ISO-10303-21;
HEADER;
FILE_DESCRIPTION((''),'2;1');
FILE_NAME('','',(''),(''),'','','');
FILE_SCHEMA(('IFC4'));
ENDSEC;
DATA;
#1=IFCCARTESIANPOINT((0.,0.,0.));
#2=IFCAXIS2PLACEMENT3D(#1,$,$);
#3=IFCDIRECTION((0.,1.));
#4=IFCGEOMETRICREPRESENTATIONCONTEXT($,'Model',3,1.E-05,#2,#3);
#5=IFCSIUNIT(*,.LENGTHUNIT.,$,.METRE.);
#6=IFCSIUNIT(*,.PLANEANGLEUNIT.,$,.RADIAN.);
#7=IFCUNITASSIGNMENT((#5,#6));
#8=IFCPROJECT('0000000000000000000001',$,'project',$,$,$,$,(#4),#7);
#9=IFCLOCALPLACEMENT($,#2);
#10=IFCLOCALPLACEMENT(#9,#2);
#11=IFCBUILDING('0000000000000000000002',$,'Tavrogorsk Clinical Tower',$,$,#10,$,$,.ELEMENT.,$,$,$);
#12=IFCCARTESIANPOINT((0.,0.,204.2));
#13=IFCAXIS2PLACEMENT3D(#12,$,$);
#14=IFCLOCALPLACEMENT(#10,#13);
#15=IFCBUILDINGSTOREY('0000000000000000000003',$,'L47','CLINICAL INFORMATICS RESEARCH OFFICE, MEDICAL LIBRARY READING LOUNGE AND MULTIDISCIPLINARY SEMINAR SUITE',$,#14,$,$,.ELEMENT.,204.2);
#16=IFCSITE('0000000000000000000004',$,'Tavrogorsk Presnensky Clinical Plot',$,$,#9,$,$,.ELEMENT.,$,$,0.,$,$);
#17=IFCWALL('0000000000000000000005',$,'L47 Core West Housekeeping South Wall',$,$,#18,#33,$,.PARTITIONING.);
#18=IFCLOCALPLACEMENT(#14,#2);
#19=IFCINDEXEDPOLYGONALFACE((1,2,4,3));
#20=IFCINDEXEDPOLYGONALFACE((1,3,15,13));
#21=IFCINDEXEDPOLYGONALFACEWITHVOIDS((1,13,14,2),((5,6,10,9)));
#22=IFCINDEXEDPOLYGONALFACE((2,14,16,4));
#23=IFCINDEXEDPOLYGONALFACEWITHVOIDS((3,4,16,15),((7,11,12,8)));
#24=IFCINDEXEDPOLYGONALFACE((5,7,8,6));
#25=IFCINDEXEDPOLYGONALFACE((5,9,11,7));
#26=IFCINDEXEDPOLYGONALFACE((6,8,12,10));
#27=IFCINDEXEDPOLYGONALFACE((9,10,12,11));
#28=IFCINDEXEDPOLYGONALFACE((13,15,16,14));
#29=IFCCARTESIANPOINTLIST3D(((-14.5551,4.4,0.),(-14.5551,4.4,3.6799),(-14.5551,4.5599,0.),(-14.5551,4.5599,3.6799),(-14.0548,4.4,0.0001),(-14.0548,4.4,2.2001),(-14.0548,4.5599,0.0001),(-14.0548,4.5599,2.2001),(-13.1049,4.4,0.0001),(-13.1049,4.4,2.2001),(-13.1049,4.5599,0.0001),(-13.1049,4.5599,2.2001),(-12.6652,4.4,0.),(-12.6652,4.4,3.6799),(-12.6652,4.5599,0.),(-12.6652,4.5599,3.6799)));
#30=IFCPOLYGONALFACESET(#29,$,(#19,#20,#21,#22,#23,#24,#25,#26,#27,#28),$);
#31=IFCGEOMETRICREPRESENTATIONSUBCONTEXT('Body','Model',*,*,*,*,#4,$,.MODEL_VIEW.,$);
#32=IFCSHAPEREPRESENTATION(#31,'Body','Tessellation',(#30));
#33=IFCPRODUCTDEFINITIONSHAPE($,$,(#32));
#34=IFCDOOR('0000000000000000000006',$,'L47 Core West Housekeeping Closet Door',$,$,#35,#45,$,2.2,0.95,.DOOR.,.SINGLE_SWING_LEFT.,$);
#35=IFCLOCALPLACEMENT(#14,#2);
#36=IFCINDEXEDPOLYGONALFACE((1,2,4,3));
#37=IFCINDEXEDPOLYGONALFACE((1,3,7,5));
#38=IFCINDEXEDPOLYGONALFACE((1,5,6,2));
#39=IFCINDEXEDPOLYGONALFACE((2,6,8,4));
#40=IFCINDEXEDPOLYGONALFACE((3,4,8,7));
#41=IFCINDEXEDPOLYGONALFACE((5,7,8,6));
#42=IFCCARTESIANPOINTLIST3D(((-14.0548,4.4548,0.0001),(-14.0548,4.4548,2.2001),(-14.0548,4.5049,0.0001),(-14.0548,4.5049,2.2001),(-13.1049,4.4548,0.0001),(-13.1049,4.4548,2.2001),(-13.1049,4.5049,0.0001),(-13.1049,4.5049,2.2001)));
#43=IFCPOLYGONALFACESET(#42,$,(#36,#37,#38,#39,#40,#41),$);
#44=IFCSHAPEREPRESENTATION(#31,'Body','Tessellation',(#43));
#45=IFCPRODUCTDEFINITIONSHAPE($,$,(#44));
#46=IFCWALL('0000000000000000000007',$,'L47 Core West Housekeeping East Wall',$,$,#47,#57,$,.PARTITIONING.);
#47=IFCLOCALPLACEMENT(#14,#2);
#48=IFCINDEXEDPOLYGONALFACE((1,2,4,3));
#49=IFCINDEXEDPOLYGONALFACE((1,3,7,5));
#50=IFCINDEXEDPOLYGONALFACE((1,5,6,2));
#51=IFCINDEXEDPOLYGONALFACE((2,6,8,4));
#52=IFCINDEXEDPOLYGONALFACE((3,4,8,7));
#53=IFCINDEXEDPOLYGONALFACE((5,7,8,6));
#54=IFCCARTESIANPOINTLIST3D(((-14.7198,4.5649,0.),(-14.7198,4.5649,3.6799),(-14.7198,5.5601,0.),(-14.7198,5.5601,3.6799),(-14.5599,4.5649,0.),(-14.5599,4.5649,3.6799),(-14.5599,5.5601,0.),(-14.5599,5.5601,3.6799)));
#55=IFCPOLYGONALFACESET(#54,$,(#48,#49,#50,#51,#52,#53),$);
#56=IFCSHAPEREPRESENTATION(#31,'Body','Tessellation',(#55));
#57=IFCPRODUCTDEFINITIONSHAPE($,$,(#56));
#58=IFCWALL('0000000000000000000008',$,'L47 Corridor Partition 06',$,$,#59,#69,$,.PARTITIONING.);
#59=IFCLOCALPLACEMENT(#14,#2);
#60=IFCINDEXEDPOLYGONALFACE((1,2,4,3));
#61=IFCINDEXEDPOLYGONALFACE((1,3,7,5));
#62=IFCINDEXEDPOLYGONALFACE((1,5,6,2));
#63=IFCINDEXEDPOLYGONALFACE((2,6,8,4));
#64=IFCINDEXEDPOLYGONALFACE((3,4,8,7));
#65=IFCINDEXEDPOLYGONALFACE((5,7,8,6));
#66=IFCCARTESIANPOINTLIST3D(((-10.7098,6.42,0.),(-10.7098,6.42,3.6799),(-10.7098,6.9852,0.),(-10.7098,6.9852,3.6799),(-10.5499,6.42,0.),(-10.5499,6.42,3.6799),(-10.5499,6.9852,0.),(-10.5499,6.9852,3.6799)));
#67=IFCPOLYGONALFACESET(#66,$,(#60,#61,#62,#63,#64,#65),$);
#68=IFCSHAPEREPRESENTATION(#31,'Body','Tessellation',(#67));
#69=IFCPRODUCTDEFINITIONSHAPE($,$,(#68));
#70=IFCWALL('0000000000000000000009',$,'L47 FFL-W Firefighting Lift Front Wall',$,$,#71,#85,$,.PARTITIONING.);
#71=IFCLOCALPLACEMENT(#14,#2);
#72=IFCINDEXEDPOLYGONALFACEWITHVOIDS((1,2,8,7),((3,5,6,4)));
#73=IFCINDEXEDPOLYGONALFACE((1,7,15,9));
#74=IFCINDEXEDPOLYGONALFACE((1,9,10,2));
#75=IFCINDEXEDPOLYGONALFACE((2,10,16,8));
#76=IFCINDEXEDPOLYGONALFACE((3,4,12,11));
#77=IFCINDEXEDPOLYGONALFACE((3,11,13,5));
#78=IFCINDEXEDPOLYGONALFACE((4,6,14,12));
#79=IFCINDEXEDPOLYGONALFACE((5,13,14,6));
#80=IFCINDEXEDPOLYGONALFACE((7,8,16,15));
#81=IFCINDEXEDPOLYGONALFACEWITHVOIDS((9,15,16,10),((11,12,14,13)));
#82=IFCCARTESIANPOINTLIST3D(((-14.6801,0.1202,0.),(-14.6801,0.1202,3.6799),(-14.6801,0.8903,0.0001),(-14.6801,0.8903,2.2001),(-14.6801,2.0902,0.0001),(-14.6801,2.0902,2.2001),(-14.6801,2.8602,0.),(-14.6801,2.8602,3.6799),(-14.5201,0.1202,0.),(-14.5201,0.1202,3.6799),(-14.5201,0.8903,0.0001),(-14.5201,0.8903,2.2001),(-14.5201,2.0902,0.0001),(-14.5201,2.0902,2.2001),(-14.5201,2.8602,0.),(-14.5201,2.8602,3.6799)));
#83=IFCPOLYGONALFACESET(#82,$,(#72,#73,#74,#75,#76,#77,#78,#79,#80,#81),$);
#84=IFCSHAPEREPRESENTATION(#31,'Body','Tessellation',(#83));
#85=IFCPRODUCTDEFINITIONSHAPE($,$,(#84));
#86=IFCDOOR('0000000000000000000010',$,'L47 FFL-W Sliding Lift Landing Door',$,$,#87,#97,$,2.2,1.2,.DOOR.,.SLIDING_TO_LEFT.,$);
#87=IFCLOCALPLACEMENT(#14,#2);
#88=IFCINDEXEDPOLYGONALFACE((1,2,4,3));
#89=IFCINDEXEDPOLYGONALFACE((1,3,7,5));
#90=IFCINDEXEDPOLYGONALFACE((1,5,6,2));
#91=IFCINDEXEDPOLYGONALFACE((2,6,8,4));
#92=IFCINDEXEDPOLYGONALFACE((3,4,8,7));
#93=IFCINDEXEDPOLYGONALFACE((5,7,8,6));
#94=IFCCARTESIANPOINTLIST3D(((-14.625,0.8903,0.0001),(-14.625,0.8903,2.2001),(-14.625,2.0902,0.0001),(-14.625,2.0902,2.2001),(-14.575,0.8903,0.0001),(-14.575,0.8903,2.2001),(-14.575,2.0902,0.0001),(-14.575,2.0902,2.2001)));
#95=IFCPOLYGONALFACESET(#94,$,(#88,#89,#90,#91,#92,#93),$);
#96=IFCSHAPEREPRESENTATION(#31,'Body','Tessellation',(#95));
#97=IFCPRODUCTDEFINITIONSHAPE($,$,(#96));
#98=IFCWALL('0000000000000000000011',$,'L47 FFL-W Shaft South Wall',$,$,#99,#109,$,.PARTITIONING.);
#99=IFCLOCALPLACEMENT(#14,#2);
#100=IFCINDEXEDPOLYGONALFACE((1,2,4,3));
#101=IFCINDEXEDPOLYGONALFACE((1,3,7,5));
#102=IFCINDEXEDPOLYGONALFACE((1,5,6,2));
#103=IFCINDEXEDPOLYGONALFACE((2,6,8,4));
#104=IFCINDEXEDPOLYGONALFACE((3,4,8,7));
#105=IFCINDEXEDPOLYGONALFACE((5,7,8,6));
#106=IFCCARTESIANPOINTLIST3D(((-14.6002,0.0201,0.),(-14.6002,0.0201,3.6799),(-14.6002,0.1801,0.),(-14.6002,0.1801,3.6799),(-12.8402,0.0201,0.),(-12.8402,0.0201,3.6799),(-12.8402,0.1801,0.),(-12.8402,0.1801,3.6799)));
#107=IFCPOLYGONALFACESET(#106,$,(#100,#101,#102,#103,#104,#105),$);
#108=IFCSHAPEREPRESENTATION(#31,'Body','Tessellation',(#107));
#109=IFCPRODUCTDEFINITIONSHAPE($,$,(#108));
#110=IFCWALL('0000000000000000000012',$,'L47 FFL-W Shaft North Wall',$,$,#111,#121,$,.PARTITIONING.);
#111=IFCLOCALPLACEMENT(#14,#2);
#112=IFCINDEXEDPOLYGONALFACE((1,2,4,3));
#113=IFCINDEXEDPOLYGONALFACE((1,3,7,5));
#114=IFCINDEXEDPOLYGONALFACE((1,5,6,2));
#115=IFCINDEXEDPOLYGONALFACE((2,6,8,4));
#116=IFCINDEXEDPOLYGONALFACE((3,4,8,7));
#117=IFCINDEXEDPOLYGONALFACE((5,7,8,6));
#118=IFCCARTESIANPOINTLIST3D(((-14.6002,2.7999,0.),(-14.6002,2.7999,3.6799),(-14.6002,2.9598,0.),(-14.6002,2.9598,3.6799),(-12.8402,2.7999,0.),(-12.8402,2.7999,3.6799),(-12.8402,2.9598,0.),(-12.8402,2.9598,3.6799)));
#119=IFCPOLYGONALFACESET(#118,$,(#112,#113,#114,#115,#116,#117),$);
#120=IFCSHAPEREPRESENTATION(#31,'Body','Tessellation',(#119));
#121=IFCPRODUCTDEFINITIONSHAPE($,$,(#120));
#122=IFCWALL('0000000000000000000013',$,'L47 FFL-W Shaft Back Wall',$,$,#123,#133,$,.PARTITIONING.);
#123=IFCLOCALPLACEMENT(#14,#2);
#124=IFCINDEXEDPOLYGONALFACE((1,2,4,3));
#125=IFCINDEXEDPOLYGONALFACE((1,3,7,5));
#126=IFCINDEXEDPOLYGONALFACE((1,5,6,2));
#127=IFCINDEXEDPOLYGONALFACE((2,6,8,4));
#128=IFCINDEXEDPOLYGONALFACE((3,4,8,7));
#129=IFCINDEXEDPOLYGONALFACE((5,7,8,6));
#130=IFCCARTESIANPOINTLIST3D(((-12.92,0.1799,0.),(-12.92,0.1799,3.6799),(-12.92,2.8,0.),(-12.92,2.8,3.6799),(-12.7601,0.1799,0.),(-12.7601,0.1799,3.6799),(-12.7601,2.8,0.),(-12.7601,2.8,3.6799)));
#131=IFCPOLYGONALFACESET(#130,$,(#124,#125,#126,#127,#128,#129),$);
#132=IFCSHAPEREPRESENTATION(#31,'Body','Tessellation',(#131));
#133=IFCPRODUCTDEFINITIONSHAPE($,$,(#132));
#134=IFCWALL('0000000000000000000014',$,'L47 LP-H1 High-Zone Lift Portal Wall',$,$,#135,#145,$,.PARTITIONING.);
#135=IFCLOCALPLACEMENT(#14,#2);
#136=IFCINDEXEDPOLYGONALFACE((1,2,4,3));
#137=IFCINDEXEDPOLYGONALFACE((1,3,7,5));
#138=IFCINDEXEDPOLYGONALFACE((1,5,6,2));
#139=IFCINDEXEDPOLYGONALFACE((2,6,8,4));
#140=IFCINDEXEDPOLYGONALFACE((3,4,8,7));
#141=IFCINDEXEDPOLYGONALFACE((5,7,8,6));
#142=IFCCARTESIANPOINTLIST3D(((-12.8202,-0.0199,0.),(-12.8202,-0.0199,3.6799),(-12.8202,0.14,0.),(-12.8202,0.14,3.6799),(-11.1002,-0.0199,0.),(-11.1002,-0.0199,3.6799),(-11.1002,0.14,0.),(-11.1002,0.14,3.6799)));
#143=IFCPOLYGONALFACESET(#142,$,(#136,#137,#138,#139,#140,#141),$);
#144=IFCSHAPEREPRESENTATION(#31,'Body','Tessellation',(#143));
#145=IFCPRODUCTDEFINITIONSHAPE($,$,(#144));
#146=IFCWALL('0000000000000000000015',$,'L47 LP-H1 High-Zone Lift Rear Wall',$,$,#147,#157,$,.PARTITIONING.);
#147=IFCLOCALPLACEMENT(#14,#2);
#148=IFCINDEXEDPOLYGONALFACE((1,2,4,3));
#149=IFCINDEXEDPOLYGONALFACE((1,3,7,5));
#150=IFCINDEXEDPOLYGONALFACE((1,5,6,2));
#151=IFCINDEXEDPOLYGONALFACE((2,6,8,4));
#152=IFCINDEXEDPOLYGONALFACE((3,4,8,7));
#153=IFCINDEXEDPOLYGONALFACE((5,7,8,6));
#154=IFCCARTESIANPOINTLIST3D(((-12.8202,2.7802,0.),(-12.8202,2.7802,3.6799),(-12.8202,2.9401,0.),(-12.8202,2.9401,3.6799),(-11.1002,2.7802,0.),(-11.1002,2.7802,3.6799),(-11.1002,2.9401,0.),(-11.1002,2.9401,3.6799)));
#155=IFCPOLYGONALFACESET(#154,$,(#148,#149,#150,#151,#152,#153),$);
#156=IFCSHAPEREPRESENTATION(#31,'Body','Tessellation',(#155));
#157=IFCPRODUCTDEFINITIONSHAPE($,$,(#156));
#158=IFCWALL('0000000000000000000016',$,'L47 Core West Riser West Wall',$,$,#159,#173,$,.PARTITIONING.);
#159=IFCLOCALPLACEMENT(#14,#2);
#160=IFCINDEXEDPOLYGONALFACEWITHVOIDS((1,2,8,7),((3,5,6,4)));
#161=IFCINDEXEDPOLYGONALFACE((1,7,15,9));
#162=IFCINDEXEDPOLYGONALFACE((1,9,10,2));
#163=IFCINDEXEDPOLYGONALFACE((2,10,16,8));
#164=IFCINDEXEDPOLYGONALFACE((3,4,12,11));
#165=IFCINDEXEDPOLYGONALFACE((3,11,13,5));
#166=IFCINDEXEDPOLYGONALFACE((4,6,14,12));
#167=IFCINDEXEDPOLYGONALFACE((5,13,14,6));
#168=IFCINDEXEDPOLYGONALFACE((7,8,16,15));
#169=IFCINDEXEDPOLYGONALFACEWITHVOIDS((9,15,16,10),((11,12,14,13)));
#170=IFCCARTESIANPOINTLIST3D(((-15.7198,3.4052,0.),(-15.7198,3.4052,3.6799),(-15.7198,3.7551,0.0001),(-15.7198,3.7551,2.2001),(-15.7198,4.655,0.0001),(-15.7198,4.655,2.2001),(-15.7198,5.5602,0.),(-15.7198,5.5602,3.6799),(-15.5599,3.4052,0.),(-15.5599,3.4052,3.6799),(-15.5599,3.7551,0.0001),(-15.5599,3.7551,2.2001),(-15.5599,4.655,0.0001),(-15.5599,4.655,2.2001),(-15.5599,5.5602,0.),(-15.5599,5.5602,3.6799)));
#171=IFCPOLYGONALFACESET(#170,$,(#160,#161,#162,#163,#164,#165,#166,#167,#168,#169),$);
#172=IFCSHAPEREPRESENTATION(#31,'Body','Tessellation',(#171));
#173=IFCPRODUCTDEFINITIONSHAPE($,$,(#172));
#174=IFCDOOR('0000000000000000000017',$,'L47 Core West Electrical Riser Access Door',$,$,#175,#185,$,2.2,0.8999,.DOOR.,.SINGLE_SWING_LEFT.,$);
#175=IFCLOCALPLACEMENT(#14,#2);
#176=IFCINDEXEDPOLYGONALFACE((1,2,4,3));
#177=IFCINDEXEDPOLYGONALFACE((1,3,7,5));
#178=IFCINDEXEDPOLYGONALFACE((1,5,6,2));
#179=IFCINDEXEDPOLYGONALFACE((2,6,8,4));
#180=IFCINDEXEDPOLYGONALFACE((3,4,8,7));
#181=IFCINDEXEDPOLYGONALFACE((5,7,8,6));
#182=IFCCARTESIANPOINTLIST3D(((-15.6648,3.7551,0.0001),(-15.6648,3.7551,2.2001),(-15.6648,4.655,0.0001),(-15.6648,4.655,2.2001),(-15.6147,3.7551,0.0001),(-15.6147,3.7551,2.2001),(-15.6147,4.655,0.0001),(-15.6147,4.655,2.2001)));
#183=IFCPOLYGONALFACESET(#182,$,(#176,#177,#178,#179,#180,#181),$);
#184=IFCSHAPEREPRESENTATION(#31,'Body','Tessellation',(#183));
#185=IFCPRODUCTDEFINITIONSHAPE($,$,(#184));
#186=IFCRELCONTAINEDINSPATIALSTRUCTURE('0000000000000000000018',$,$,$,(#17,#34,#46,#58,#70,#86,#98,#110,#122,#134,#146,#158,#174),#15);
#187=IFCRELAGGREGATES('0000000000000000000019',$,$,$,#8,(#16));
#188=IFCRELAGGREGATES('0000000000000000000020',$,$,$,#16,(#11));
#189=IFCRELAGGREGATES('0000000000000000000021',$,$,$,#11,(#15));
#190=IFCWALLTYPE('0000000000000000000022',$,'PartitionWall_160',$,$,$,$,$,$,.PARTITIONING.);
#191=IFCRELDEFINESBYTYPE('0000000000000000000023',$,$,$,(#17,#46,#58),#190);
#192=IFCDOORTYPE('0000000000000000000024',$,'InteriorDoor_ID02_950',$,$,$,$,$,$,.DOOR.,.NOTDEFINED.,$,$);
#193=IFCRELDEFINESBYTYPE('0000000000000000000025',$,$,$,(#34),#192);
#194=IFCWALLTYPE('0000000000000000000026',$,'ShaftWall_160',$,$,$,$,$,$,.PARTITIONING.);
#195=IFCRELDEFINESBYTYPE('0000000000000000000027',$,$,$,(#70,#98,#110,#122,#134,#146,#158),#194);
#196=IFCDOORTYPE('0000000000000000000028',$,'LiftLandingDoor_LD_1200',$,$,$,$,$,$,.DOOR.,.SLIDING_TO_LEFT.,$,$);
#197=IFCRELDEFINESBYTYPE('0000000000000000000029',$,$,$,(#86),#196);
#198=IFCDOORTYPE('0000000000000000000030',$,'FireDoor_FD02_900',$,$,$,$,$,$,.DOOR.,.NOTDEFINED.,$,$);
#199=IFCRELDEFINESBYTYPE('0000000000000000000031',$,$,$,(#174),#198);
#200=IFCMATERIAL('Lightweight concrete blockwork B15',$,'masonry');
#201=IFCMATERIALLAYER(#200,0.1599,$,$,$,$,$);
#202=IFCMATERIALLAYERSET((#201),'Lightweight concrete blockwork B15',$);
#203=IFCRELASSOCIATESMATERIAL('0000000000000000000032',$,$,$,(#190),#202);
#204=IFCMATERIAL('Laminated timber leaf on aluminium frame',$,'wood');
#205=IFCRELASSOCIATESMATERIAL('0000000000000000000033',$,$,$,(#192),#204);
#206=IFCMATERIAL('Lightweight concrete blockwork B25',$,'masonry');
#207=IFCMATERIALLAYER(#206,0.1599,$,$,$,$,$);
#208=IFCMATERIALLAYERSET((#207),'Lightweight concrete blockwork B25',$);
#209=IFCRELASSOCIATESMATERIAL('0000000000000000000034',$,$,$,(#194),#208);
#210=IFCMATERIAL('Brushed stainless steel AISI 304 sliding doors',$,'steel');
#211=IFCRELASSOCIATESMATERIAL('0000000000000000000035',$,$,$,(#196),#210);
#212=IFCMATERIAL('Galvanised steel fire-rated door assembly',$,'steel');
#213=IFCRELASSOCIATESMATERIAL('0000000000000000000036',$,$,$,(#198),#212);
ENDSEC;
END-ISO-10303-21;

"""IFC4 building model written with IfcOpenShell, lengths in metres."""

from ifc_helpers import new_model, si_unit, direction, frame, frame_2d, origin, place, context, subcontext, project, spatial, rectangle, extrude, material, layer, layer_set, type_object, element, fill, save


model = new_model("IFC4")

# Units and contexts
model_context = context("Model", 3, precision=1e-05, world=origin(), true_north=direction((0.0, 1.0)))
body_context = subcontext(model_context, "Body", "Model", "MODEL_VIEW")
ifc_project = project(units=[si_unit("LENGTHUNIT", "METRE"), si_unit("PLANEANGLEUNIT", "RADIAN")], contexts=[model_context])

# Site, building, storey
site_placement = place(None, origin())
site = spatial("IfcSite", under=ifc_project, at=site_placement, Name="Tavrogorsk Presnensky Clinical Plot", CompositionType="ELEMENT", RefElevation=0.0)
building_placement = place(site_placement, origin())
building = spatial("IfcBuilding", under=site, at=building_placement, Name="Tavrogorsk Clinical Tower", CompositionType="ELEMENT")
storey_placement = place(building_placement, frame((0.0, 0.0, 204.2)))
storey = spatial("IfcBuildingStorey", under=building, at=storey_placement, Name="L47", Description="CLINICAL INFORMATICS RESEARCH OFFICE, MEDICAL LIBRARY READING LOUNGE AND MULTIDISCIPLINARY SEMINAR SUITE", CompositionType="ELEMENT", Elevation=204.2)

# Wall, opening, door
ifc_material_1 = material(Name="Lightweight concrete blockwork B15", Category="masonry")
ifc_layer_1 = layer(ifc_material_1, 0.1599)
ifc_layer_set_1 = layer_set([ifc_layer_1], Name="Lightweight concrete blockwork B15")
wall_type_1 = type_object("IfcWallType", Name="PartitionWall_160", PredefinedType="PARTITIONING", material=ifc_layer_set_1)
ifc_material_2 = material(Name="Laminated timber leaf on aluminium frame", Category="wood")
door_type_1 = type_object("IfcDoorType", Name="InteriorDoor_ID02_950", OperationType="NOTDEFINED", PredefinedType="DOOR", material=ifc_material_2)
wall_1_placement = place(storey_placement, frame((-14.5549, 4.48, 0.0), z_axis=(0.0, 0.0, 1.0), x_axis=(1.0, 0.0, 0.0)))
wall_1 = element("IfcWall", 1, at=wall_1_placement, inside=storey, type_object=wall_type_1, Name="L47 Core West Housekeeping South Wall", PredefinedType="PARTITIONING", context=body_context, shape_type="SweptSolid", body=[
    extrude(rectangle(XDim=1.8899, YDim=0.1599, at=frame_2d((0.9448, 0.0))), origin(), (0.0, 0.0, 1.0), 3.6799),
])
opening_1_placement = place(wall_1_placement, frame((0.5, 0.0, 0.0)))
opening_1 = element("IfcOpeningElement", 2, at=opening_1_placement, cuts=wall_1, PredefinedType="OPENING", context=body_context, shape_type="SweptSolid", body=[
    extrude(rectangle(XDim=0.95, YDim=2.2, at=frame_2d((0.4751, 1.1001))), frame((0.0, 0.0898, 0.0), z_axis=(0.0, -1.0, 0.0), x_axis=(1.0, 0.0, 0.0)), (0.0, 0.0, 1.0), 0.1799),
])
door_1_placement = place(opening_1_placement, origin())
door_1 = element("IfcDoor", 3, at=door_1_placement, inside=storey, type_object=door_type_1, Name="L47 Core West Housekeeping Closet Door", OperationType="SINGLE_SWING_LEFT", OverallHeight=2.2, OverallWidth=0.95, PredefinedType="DOOR", context=body_context, shape_type="SweptSolid", body=[
    extrude(rectangle(XDim=0.95, YDim=2.2, at=frame_2d((0.4751, 1.1001))), frame((0.0, 0.0249, 0.0), z_axis=(0.0, -1.0, 0.0), x_axis=(1.0, 0.0, 0.0)), (0.0, 0.0, 1.0), 0.05),
])
fill(opening_1, door_1)

# Walls
wall_2_placement = place(storey_placement, frame((-14.6399, 4.5649, 0.0), z_axis=(0.0, 0.0, 1.0), x_axis=(0.0, 1.0, 0.0)))
element("IfcWall", 4, at=wall_2_placement, inside=storey, type_object=wall_type_1, Name="L47 Core West Housekeeping East Wall", PredefinedType="PARTITIONING", context=body_context, shape_type="SweptSolid", body=[
    extrude(rectangle(XDim=0.9951, YDim=0.1599, at=frame_2d((0.4976, 0.0))), origin(), (0.0, 0.0, 1.0), 3.6799),
])
wall_3_placement = place(storey_placement, frame((-10.6299, 6.4199, 0.0), z_axis=(0.0, 0.0, 1.0), x_axis=(0.0, 1.0, 0.0)))
element("IfcWall", 5, at=wall_3_placement, inside=storey, type_object=wall_type_1, Name="L47 Corridor Partition 06", PredefinedType="PARTITIONING", context=body_context, shape_type="SweptSolid", body=[
    extrude(rectangle(XDim=0.5652, YDim=0.1599, at=frame_2d((0.2827, 0.0))), origin(), (0.0, 0.0, 1.0), 3.6799),
])

# Wall, opening, door
ifc_material_3 = material(Name="Lightweight concrete blockwork B25", Category="masonry")
ifc_layer_2 = layer(ifc_material_3, 0.1599)
ifc_layer_set_2 = layer_set([ifc_layer_2], Name="Lightweight concrete blockwork B25")
wall_type_2 = type_object("IfcWallType", Name="ShaftWall_160", PredefinedType="PARTITIONING", material=ifc_layer_set_2)
wall_4_placement = place(storey_placement, frame((-14.6001, 0.1201, 0.0), z_axis=(0.0, 0.0, 1.0), x_axis=(0.0, 1.0, 0.0)))
wall_4 = element("IfcWall", 6, at=wall_4_placement, inside=storey, type_object=wall_type_2, Name="L47 FFL-W Firefighting Lift Front Wall", PredefinedType="PARTITIONING", context=body_context, shape_type="SweptSolid", body=[
    extrude(rectangle(XDim=2.74, YDim=0.1599, at=frame_2d((1.3701, 0.0))), origin(), (0.0, 0.0, 1.0), 3.6799),
])
opening_2_placement = place(wall_4_placement, frame((0.77, 0.0, 0.0)))
opening_2 = element("IfcOpeningElement", 7, at=opening_2_placement, cuts=wall_4, PredefinedType="OPENING", context=body_context, shape_type="SweptSolid", body=[
    extrude(rectangle(XDim=1.2, YDim=2.2, at=frame_2d((0.6001, 1.1001))), frame((0.0, 0.0898, 0.0), z_axis=(0.0, -1.0, 0.0), x_axis=(1.0, 0.0, 0.0)), (0.0, 0.0, 1.0), 0.1799),
])
ifc_material_4 = material(Name="Brushed stainless steel AISI 304 sliding doors", Category="steel")
door_type_2 = type_object("IfcDoorType", Name="LiftLandingDoor_LD_1200", OperationType="SLIDING_TO_LEFT", PredefinedType="DOOR", material=ifc_material_4)
door_2_placement = place(opening_2_placement, origin())
door_2 = element("IfcDoor", 8, at=door_2_placement, inside=storey, type_object=door_type_2, Name="L47 FFL-W Sliding Lift Landing Door", OperationType="SLIDING_TO_LEFT", OverallHeight=2.2, OverallWidth=1.2, PredefinedType="DOOR", context=body_context, shape_type="SweptSolid", body=[
    extrude(rectangle(XDim=1.2, YDim=2.2, at=frame_2d((0.6001, 1.1001))), frame((0.0, 0.0249, 0.0), z_axis=(0.0, -1.0, 0.0), x_axis=(1.0, 0.0, 0.0)), (0.0, 0.0, 1.0), 0.05),
])
fill(opening_2, door_2)

# Walls
for number, where, z_axis, x_axis, name in (
    (9, (-14.6001, 0.1001, 0.0), (0.0, 0.0, 1.0), (1.0, 0.0, 0.0), "L47 FFL-W Shaft South Wall"),
    (10, (-14.6001, 2.8799, 0.0), (0.0, 0.0, 1.0), (1.0, 0.0, 0.0), "L47 FFL-W Shaft North Wall"),
):
    element("IfcWall", number, at=place(storey_placement, frame(where, z_axis=z_axis, x_axis=x_axis)), inside=storey, type_object=wall_type_2, Name=name, PredefinedType="PARTITIONING", context=body_context, shape_type="SweptSolid", body=[
        extrude(rectangle(XDim=1.76, YDim=0.1599, at=frame_2d((0.8799, 0.0))), origin(), (0.0, 0.0, 1.0), 3.6799),
    ])
wall_5_placement = place(storey_placement, frame((-12.8401, 0.1799, 0.0), z_axis=(0.0, 0.0, 1.0), x_axis=(0.0, 1.0, 0.0)))
element("IfcWall", 11, at=wall_5_placement, inside=storey, type_object=wall_type_2, Name="L47 FFL-W Shaft Back Wall", PredefinedType="PARTITIONING", context=body_context, shape_type="SweptSolid", body=[
    extrude(rectangle(XDim=2.6201, YDim=0.1599, at=frame_2d((1.3101, 0.0))), origin(), (0.0, 0.0, 1.0), 3.6799),
])
for number, where, z_axis, x_axis, name in (
    (12, (-12.8201, 0.0601, 0.0), (0.0, 0.0, 1.0), (1.0, 0.0, 0.0), "L47 LP-H1 High-Zone Lift Portal Wall"),
    (13, (-12.8201, 2.8601, 0.0), (0.0, 0.0, 1.0), (1.0, 0.0, 0.0), "L47 LP-H1 High-Zone Lift Rear Wall"),
):
    element("IfcWall", number, at=place(storey_placement, frame(where, z_axis=z_axis, x_axis=x_axis)), inside=storey, type_object=wall_type_2, Name=name, PredefinedType="PARTITIONING", context=body_context, shape_type="SweptSolid", body=[
        extrude(rectangle(XDim=1.72, YDim=0.1599, at=frame_2d((0.8599, 0.0))), origin(), (0.0, 0.0, 1.0), 3.6799),
    ])

# Wall, opening, door
wall_6_placement = place(storey_placement, frame((-15.6399, 3.405, 0.0), z_axis=(0.0, 0.0, 1.0), x_axis=(0.0, 1.0, 0.0)))
wall_6 = element("IfcWall", 14, at=wall_6_placement, inside=storey, type_object=wall_type_2, Name="L47 Core West Riser West Wall", PredefinedType="PARTITIONING", context=body_context, shape_type="SweptSolid", body=[
    extrude(rectangle(XDim=2.155, YDim=0.1599, at=frame_2d((1.0776, 0.0))), origin(), (0.0, 0.0, 1.0), 3.6799),
])
opening_3_placement = place(wall_6_placement, frame((0.3501, 0.0, 0.0)))
opening_3 = element("IfcOpeningElement", 15, at=opening_3_placement, cuts=wall_6, PredefinedType="OPENING", context=body_context, shape_type="SweptSolid", body=[
    extrude(rectangle(XDim=0.8999, YDim=2.2, at=frame_2d((0.45, 1.1001))), frame((0.0, 0.0898, 0.0), z_axis=(0.0, -1.0, 0.0), x_axis=(1.0, 0.0, 0.0)), (0.0, 0.0, 1.0), 0.1799),
])
ifc_material_5 = material(Name="Galvanised steel fire-rated door assembly", Category="steel")
door_type_3 = type_object("IfcDoorType", Name="FireDoor_FD02_900", OperationType="NOTDEFINED", PredefinedType="DOOR", material=ifc_material_5)
door_3_placement = place(opening_3_placement, origin())
door_3 = element("IfcDoor", 16, at=door_3_placement, inside=storey, type_object=door_type_3, Name="L47 Core West Electrical Riser Access Door", OperationType="SINGLE_SWING_LEFT", OverallHeight=2.2, OverallWidth=0.8999, PredefinedType="DOOR", context=body_context, shape_type="SweptSolid", body=[
    extrude(rectangle(XDim=0.8999, YDim=2.2, at=frame_2d((0.45, 1.1001))), frame((0.0, 0.0249, 0.0), z_axis=(0.0, -1.0, 0.0), x_axis=(1.0, 0.0, 0.0)), (0.0, 0.0, 1.0), 0.05),
])
fill(opening_3, door_3)

save(model, "model.ifc")
